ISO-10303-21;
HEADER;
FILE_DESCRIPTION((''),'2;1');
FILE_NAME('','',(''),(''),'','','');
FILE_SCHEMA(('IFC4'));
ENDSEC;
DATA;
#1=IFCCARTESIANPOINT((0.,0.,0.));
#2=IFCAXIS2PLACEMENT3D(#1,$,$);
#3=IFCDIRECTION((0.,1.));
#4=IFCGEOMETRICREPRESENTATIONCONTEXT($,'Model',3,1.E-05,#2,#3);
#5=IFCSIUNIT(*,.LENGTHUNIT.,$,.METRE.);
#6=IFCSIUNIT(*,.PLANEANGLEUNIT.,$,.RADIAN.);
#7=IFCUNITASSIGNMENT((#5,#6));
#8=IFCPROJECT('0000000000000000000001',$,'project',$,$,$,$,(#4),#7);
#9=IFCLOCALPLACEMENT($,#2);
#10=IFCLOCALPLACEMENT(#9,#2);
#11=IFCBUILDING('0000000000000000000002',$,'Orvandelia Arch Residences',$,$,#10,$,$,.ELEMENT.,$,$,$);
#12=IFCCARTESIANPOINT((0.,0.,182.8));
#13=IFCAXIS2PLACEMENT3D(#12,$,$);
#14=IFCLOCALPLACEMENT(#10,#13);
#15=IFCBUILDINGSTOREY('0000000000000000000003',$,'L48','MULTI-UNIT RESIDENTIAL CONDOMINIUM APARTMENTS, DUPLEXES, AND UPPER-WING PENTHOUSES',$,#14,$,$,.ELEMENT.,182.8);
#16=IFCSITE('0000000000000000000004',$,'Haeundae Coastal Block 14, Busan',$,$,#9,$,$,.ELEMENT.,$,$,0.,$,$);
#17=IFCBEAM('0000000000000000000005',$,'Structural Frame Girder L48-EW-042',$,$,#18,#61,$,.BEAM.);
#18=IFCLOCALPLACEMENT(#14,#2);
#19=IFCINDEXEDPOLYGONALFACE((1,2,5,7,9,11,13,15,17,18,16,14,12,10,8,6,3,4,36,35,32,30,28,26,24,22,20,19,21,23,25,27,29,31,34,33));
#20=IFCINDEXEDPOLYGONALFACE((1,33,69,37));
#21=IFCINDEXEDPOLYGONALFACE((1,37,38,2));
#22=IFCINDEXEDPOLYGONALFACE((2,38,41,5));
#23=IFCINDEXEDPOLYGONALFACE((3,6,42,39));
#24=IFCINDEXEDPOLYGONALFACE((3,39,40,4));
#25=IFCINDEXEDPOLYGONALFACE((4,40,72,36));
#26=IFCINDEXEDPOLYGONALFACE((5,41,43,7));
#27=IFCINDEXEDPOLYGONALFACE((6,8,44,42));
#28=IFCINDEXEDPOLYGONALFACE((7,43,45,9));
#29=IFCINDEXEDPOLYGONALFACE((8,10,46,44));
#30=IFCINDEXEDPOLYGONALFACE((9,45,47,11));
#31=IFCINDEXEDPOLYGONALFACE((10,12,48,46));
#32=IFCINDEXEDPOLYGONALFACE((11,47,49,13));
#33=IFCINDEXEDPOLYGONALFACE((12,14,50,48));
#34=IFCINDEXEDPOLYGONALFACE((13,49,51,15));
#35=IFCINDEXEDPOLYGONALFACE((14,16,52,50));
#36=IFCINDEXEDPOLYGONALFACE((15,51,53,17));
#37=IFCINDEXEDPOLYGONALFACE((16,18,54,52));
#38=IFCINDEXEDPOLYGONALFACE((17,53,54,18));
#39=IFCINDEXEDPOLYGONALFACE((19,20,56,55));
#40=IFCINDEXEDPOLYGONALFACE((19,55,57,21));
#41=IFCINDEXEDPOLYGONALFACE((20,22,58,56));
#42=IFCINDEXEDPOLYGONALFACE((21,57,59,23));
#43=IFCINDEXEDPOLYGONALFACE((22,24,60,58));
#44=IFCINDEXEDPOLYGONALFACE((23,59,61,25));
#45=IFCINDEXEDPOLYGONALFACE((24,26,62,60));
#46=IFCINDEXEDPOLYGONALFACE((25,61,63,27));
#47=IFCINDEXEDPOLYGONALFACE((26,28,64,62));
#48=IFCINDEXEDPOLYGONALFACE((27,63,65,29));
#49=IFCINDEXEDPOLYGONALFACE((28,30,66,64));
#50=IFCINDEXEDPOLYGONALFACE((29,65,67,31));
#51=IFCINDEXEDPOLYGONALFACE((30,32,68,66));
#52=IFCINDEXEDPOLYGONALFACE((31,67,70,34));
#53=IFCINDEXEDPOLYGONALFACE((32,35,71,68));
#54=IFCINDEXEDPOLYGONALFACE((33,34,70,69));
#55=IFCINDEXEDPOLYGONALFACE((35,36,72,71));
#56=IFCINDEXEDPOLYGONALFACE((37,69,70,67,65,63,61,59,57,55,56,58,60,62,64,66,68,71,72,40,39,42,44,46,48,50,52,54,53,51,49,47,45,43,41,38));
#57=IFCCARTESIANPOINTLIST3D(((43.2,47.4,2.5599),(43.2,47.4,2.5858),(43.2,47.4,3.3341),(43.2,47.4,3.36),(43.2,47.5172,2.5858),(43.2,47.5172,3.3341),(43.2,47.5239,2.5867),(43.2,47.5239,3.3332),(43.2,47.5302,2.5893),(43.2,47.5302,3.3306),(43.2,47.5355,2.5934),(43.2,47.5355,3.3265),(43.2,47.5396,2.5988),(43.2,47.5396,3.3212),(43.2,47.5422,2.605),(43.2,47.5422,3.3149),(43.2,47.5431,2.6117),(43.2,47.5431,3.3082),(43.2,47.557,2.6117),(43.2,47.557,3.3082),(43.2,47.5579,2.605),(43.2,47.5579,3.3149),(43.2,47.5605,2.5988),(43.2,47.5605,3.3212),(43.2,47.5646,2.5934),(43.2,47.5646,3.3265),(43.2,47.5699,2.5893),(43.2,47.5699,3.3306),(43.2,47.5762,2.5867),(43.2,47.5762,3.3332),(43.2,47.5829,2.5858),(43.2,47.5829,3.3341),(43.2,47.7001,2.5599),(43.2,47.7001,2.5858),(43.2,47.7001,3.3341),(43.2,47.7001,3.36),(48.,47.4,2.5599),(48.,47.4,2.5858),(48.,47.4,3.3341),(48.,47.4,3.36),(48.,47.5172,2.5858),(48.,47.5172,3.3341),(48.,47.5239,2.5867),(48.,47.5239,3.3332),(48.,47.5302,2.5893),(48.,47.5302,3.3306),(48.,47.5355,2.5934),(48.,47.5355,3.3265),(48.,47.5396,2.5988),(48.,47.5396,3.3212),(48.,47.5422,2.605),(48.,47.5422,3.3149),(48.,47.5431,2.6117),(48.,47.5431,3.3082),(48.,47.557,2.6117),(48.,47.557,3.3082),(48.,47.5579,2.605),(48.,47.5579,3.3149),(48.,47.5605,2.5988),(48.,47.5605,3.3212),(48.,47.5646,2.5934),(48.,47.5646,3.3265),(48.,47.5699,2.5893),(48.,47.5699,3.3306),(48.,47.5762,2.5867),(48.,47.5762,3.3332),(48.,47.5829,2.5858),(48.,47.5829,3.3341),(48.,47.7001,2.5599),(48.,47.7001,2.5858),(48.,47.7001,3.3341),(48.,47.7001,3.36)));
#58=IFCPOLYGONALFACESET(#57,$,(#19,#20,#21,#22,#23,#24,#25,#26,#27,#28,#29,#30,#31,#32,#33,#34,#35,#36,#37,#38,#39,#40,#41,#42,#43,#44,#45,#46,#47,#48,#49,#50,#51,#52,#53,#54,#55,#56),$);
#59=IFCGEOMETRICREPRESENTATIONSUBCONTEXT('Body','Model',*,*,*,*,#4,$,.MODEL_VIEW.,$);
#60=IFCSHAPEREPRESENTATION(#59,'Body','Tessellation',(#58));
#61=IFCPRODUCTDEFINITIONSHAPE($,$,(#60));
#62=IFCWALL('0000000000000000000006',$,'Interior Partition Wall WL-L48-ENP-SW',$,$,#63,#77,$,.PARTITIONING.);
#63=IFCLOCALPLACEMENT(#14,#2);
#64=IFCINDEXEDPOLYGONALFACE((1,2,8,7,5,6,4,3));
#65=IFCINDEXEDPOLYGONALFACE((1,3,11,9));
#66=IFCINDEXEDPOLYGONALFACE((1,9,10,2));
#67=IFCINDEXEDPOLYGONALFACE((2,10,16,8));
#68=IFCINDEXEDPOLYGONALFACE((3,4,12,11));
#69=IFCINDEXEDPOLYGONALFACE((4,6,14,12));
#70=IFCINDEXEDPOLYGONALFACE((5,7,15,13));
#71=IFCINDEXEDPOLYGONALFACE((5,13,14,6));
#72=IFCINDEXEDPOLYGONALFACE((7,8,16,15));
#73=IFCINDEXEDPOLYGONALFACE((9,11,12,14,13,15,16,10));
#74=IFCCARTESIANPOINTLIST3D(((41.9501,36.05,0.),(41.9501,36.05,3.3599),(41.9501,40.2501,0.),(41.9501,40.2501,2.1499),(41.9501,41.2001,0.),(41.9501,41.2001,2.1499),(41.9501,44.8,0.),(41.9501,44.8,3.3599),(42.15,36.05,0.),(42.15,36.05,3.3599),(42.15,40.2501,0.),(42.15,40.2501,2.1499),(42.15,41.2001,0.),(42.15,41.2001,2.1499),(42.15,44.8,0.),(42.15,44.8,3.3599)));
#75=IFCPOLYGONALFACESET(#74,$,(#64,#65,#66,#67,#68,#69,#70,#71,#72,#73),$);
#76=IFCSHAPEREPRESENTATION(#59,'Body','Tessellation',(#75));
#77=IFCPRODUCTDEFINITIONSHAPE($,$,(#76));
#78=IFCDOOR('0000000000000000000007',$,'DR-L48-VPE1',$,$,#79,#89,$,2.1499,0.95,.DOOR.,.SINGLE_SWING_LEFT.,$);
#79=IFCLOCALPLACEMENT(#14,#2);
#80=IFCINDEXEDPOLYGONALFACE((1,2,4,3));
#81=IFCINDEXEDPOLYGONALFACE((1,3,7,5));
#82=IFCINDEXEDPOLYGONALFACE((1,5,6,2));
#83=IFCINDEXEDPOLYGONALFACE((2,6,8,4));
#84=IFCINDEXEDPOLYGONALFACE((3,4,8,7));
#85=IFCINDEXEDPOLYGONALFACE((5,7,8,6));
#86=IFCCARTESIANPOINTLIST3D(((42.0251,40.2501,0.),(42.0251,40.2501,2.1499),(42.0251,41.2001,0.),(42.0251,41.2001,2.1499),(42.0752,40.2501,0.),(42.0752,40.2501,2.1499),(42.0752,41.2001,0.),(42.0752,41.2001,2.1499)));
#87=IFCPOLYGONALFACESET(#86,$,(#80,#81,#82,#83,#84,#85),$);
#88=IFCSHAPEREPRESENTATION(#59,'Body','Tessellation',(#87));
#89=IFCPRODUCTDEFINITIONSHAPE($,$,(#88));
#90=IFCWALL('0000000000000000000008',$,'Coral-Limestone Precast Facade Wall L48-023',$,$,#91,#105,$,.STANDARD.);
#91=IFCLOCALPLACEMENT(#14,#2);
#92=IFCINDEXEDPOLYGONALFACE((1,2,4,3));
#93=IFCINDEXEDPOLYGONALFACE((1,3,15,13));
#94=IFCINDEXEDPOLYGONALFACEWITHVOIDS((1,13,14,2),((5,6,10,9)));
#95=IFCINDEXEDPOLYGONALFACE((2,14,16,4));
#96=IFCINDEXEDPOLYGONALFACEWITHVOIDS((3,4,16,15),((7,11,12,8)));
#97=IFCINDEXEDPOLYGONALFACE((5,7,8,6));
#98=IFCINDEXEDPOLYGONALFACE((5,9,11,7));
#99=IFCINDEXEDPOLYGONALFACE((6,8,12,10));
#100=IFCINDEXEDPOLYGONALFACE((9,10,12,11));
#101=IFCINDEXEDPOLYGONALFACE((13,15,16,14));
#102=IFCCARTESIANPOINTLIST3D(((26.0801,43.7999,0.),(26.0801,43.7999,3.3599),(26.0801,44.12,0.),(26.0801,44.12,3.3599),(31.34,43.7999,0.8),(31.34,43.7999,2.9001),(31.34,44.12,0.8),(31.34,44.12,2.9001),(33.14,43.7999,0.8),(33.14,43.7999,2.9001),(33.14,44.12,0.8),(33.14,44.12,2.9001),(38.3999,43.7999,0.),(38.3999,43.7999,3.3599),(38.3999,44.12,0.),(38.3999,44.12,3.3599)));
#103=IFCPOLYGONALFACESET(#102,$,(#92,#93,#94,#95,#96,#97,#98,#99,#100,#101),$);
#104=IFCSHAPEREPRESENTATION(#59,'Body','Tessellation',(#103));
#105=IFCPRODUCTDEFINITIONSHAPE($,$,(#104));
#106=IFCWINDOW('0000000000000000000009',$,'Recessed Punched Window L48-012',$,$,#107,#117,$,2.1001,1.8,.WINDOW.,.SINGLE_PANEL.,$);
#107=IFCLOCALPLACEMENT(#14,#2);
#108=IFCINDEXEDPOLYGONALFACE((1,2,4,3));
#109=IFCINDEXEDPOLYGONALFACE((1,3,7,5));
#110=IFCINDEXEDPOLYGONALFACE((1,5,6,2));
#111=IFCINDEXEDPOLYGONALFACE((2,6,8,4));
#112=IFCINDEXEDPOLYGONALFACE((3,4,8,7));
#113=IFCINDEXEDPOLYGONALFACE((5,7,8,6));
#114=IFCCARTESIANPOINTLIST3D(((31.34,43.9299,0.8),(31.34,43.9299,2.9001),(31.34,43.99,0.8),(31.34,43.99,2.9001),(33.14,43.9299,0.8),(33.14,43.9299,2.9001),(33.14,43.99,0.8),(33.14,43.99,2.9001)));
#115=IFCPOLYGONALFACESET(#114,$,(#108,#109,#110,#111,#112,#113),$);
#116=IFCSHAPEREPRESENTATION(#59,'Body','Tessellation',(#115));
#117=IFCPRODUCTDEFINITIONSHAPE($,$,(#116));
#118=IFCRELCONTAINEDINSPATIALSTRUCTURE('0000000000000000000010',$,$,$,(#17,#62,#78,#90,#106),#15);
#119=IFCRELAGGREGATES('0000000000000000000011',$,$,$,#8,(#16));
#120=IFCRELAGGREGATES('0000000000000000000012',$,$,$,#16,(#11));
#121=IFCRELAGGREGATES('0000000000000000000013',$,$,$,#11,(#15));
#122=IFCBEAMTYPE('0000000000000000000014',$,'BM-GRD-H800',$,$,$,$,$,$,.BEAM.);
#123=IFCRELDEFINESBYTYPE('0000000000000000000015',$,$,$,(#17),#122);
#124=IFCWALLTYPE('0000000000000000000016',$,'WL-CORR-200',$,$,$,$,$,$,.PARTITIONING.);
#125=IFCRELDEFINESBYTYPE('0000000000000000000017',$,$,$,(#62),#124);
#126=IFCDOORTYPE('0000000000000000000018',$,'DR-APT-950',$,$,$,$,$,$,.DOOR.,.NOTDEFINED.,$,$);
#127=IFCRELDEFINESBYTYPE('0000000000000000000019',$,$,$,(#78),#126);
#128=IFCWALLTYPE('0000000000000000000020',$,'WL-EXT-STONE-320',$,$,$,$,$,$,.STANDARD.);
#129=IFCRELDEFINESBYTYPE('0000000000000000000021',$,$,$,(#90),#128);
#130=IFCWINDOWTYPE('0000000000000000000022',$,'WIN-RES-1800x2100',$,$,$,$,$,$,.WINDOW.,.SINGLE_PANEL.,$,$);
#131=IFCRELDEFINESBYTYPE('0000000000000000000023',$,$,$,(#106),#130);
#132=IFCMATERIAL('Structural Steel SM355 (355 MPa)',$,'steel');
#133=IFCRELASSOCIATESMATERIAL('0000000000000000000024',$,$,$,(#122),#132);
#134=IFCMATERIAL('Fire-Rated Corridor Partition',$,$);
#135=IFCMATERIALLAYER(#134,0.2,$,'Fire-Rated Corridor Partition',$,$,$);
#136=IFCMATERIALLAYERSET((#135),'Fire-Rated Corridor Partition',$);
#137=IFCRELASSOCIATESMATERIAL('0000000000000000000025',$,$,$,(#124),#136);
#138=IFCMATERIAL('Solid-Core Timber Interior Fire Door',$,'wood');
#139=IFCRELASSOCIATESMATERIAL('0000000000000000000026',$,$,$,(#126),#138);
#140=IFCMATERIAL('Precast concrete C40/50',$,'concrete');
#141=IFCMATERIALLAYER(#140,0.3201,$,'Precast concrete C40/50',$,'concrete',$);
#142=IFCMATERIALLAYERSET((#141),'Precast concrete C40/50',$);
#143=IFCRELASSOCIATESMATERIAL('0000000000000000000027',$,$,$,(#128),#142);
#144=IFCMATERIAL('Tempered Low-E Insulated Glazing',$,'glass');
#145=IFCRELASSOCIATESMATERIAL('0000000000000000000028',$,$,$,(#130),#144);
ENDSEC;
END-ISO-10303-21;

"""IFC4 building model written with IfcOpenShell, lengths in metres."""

from ifc_helpers import new_model, si_unit, direction, frame, frame_2d, origin, origin_2d, place, context, subcontext, project, spatial, rectangle, i_section, extrude, material, layer, layer_set, material_profile, profile_set, type_object, element, fill, save


model = new_model("IFC4")

# Units and contexts
model_context = context("Model", 3, precision=1e-05, world=origin(), true_north=direction((0.0, 1.0)))
body_context = subcontext(model_context, "Body", "Model", "MODEL_VIEW")
ifc_project = project(units=[si_unit("LENGTHUNIT", "METRE"), si_unit("PLANEANGLEUNIT", "RADIAN")], contexts=[model_context])

# Site, building, storey
site_placement = place(None, origin())
site = spatial("IfcSite", under=ifc_project, at=site_placement, Name="Haeundae Coastal Block 14, Busan", CompositionType="ELEMENT", RefElevation=0.0)
building_placement = place(site_placement, origin())
building = spatial("IfcBuilding", under=site, at=building_placement, Name="Orvandelia Arch Residences", CompositionType="ELEMENT")
storey_placement = place(building_placement, frame((0.0, 0.0, 182.8)))
storey = spatial("IfcBuildingStorey", under=building, at=storey_placement, Name="L48", Description="MULTI-UNIT RESIDENTIAL CONDOMINIUM APARTMENTS, DUPLEXES, AND UPPER-WING PENTHOUSES", CompositionType="ELEMENT", Elevation=182.8)

# Beam
ifc_material_1 = material(Name="Structural Steel SM355 (355 MPa)", Category="steel")
ifc_material_profile_1 = material_profile(ifc_material_1, i_section(OverallWidth=0.3, OverallDepth=0.8, WebThickness=0.0139, FlangeThickness=0.0259, FilletRadius=0.0259, at=origin_2d()), Name="Structural Steel SM355 (355 MPa)", Category="steel")
ifc_profile_set_1 = profile_set([ifc_material_profile_1], Name="Structural Steel SM355 (355 MPa)")
beam_type = type_object("IfcBeamType", Name="BM-GRD-H800", PredefinedType="BEAM", material=ifc_profile_set_1)
for number, where, z_axis, x_axis, name in (
    (1, (43.2, 47.55, 2.96), (1.0, 0.0, 0.0), (0.0, 1.0, 0.0), "Structural Frame Girder L48-EW-042"),
):
    element("IfcBeam", number, at=place(storey_placement, frame(where, z_axis=z_axis, x_axis=x_axis)), inside=storey, type_object=beam_type, Name=name, PredefinedType="BEAM", context=body_context, shape_type="SweptSolid", body=[
        extrude(i_section(OverallWidth=0.3, OverallDepth=0.8, WebThickness=0.0139, FlangeThickness=0.0259, FilletRadius=0.0259, at=origin_2d()), origin(), (0.0, 0.0, 1.0), 4.8),
    ])

# Wall, opening, door
ifc_material_2 = material(Name="Fire-Rated Corridor Partition")
ifc_layer_1 = layer(ifc_material_2, 0.2, Name="Fire-Rated Corridor Partition")
ifc_layer_set_1 = layer_set([ifc_layer_1], Name="Fire-Rated Corridor Partition")
wall_type_1 = type_object("IfcWallType", Name="WL-CORR-200", PredefinedType="PARTITIONING", material=ifc_layer_set_1)
wall_1_placement = place(storey_placement, frame((42.05, 36.05, 0.0), z_axis=(0.0, 0.0, 1.0), x_axis=(0.0, 1.0, 0.0)))
wall_1 = element("IfcWall", 2, at=wall_1_placement, inside=storey, type_object=wall_type_1, Name="Interior Partition Wall WL-L48-ENP-SW", PredefinedType="PARTITIONING", context=body_context, shape_type="SweptSolid", body=[
    extrude(rectangle(XDim=8.75, YDim=0.2, at=frame_2d((4.375, 0.0))), origin(), (0.0, 0.0, 1.0), 3.3599),
])
opening_1_placement = place(wall_1_placement, frame((4.2, 0.0, 0.0)))
opening_1 = element("IfcOpeningElement", 3, at=opening_1_placement, cuts=wall_1, PredefinedType="OPENING", context=body_context, shape_type="SweptSolid", body=[
    extrude(rectangle(XDim=0.95, YDim=2.1499, at=frame_2d((0.4751, 1.075))), frame((0.0, 0.1099, 0.0), z_axis=(0.0, -1.0, 0.0), x_axis=(1.0, 0.0, 0.0)), (0.0, 0.0, 1.0), 0.22),
])
ifc_material_3 = material(Name="Solid-Core Timber Interior Fire Door", Category="wood")
door_type = type_object("IfcDoorType", Name="DR-APT-950", OperationType="NOTDEFINED", PredefinedType="DOOR", material=ifc_material_3)
door_1_placement = place(opening_1_placement, origin())
door_1 = element("IfcDoor", 4, at=door_1_placement, inside=storey, type_object=door_type, Name="DR-L48-VPE1", OperationType="SINGLE_SWING_LEFT", OverallHeight=2.1499, OverallWidth=0.95, PredefinedType="DOOR", context=body_context, shape_type="SweptSolid", body=[
    extrude(rectangle(XDim=0.95, YDim=2.1499, at=frame_2d((0.4751, 1.075))), frame((0.0, 0.0249, 0.0), z_axis=(0.0, -1.0, 0.0), x_axis=(1.0, 0.0, 0.0)), (0.0, 0.0, 1.0), 0.05),
])
fill(opening_1, door_1)

# Wall, opening, window
ifc_material_4 = material(Name="Precast concrete C40/50", Category="concrete")
ifc_layer_2 = layer(ifc_material_4, 0.3201, Name="Precast concrete C40/50", Category="concrete")
ifc_layer_set_2 = layer_set([ifc_layer_2], Name="Precast concrete C40/50")
wall_type_2 = type_object("IfcWallType", Name="WL-EXT-STONE-320", PredefinedType="STANDARD", material=ifc_layer_set_2)
wall_2_placement = place(storey_placement, frame((38.3999, 43.96, 0.0), z_axis=(0.0, 0.0, 1.0), x_axis=(-1.0, 0.0, 0.0)))
wall_2 = element("IfcWall", 5, at=wall_2_placement, inside=storey, type_object=wall_type_2, Name="Coral-Limestone Precast Facade Wall L48-023", PredefinedType="STANDARD", context=body_context, shape_type="SweptSolid", body=[
    extrude(rectangle(XDim=12.3198, YDim=0.3201, at=frame_2d((6.1599, 0.0))), origin(), (0.0, 0.0, 1.0), 3.3599),
])
opening_2_placement = place(wall_2_placement, frame((5.26, 0.0, 0.8)))
opening_2 = element("IfcOpeningElement", 6, at=opening_2_placement, cuts=wall_2, PredefinedType="OPENING", context=body_context, shape_type="SweptSolid", body=[
    extrude(rectangle(XDim=1.8, YDim=2.1001, at=frame_2d((0.8999, 1.05))), frame((0.0, 0.1699, 0.0), z_axis=(0.0, -1.0, 0.0), x_axis=(1.0, 0.0, 0.0)), (0.0, 0.0, 1.0), 0.3401),
])
ifc_material_5 = material(Name="Tempered Low-E Insulated Glazing", Category="glass")
window_type = type_object("IfcWindowType", Name="WIN-RES-1800x2100", PartitioningType="SINGLE_PANEL", PredefinedType="WINDOW", material=ifc_material_5)
window_1_placement = place(opening_2_placement, origin())
window_1 = element("IfcWindow", 7, at=window_1_placement, inside=storey, type_object=window_type, Name="Recessed Punched Window L48-012", OverallHeight=2.1001, OverallWidth=1.8, PartitioningType="SINGLE_PANEL", PredefinedType="WINDOW", context=body_context, shape_type="SweptSolid", body=[
    extrude(rectangle(XDim=1.8, YDim=2.1001, at=frame_2d((0.8999, 1.05))), frame((0.0, 0.03, 0.0), z_axis=(0.0, -1.0, 0.0), x_axis=(1.0, 0.0, 0.0)), (0.0, 0.0, 1.0), 0.0601),
])
fill(opening_2, window_1)

save(model, "model.ifc")
